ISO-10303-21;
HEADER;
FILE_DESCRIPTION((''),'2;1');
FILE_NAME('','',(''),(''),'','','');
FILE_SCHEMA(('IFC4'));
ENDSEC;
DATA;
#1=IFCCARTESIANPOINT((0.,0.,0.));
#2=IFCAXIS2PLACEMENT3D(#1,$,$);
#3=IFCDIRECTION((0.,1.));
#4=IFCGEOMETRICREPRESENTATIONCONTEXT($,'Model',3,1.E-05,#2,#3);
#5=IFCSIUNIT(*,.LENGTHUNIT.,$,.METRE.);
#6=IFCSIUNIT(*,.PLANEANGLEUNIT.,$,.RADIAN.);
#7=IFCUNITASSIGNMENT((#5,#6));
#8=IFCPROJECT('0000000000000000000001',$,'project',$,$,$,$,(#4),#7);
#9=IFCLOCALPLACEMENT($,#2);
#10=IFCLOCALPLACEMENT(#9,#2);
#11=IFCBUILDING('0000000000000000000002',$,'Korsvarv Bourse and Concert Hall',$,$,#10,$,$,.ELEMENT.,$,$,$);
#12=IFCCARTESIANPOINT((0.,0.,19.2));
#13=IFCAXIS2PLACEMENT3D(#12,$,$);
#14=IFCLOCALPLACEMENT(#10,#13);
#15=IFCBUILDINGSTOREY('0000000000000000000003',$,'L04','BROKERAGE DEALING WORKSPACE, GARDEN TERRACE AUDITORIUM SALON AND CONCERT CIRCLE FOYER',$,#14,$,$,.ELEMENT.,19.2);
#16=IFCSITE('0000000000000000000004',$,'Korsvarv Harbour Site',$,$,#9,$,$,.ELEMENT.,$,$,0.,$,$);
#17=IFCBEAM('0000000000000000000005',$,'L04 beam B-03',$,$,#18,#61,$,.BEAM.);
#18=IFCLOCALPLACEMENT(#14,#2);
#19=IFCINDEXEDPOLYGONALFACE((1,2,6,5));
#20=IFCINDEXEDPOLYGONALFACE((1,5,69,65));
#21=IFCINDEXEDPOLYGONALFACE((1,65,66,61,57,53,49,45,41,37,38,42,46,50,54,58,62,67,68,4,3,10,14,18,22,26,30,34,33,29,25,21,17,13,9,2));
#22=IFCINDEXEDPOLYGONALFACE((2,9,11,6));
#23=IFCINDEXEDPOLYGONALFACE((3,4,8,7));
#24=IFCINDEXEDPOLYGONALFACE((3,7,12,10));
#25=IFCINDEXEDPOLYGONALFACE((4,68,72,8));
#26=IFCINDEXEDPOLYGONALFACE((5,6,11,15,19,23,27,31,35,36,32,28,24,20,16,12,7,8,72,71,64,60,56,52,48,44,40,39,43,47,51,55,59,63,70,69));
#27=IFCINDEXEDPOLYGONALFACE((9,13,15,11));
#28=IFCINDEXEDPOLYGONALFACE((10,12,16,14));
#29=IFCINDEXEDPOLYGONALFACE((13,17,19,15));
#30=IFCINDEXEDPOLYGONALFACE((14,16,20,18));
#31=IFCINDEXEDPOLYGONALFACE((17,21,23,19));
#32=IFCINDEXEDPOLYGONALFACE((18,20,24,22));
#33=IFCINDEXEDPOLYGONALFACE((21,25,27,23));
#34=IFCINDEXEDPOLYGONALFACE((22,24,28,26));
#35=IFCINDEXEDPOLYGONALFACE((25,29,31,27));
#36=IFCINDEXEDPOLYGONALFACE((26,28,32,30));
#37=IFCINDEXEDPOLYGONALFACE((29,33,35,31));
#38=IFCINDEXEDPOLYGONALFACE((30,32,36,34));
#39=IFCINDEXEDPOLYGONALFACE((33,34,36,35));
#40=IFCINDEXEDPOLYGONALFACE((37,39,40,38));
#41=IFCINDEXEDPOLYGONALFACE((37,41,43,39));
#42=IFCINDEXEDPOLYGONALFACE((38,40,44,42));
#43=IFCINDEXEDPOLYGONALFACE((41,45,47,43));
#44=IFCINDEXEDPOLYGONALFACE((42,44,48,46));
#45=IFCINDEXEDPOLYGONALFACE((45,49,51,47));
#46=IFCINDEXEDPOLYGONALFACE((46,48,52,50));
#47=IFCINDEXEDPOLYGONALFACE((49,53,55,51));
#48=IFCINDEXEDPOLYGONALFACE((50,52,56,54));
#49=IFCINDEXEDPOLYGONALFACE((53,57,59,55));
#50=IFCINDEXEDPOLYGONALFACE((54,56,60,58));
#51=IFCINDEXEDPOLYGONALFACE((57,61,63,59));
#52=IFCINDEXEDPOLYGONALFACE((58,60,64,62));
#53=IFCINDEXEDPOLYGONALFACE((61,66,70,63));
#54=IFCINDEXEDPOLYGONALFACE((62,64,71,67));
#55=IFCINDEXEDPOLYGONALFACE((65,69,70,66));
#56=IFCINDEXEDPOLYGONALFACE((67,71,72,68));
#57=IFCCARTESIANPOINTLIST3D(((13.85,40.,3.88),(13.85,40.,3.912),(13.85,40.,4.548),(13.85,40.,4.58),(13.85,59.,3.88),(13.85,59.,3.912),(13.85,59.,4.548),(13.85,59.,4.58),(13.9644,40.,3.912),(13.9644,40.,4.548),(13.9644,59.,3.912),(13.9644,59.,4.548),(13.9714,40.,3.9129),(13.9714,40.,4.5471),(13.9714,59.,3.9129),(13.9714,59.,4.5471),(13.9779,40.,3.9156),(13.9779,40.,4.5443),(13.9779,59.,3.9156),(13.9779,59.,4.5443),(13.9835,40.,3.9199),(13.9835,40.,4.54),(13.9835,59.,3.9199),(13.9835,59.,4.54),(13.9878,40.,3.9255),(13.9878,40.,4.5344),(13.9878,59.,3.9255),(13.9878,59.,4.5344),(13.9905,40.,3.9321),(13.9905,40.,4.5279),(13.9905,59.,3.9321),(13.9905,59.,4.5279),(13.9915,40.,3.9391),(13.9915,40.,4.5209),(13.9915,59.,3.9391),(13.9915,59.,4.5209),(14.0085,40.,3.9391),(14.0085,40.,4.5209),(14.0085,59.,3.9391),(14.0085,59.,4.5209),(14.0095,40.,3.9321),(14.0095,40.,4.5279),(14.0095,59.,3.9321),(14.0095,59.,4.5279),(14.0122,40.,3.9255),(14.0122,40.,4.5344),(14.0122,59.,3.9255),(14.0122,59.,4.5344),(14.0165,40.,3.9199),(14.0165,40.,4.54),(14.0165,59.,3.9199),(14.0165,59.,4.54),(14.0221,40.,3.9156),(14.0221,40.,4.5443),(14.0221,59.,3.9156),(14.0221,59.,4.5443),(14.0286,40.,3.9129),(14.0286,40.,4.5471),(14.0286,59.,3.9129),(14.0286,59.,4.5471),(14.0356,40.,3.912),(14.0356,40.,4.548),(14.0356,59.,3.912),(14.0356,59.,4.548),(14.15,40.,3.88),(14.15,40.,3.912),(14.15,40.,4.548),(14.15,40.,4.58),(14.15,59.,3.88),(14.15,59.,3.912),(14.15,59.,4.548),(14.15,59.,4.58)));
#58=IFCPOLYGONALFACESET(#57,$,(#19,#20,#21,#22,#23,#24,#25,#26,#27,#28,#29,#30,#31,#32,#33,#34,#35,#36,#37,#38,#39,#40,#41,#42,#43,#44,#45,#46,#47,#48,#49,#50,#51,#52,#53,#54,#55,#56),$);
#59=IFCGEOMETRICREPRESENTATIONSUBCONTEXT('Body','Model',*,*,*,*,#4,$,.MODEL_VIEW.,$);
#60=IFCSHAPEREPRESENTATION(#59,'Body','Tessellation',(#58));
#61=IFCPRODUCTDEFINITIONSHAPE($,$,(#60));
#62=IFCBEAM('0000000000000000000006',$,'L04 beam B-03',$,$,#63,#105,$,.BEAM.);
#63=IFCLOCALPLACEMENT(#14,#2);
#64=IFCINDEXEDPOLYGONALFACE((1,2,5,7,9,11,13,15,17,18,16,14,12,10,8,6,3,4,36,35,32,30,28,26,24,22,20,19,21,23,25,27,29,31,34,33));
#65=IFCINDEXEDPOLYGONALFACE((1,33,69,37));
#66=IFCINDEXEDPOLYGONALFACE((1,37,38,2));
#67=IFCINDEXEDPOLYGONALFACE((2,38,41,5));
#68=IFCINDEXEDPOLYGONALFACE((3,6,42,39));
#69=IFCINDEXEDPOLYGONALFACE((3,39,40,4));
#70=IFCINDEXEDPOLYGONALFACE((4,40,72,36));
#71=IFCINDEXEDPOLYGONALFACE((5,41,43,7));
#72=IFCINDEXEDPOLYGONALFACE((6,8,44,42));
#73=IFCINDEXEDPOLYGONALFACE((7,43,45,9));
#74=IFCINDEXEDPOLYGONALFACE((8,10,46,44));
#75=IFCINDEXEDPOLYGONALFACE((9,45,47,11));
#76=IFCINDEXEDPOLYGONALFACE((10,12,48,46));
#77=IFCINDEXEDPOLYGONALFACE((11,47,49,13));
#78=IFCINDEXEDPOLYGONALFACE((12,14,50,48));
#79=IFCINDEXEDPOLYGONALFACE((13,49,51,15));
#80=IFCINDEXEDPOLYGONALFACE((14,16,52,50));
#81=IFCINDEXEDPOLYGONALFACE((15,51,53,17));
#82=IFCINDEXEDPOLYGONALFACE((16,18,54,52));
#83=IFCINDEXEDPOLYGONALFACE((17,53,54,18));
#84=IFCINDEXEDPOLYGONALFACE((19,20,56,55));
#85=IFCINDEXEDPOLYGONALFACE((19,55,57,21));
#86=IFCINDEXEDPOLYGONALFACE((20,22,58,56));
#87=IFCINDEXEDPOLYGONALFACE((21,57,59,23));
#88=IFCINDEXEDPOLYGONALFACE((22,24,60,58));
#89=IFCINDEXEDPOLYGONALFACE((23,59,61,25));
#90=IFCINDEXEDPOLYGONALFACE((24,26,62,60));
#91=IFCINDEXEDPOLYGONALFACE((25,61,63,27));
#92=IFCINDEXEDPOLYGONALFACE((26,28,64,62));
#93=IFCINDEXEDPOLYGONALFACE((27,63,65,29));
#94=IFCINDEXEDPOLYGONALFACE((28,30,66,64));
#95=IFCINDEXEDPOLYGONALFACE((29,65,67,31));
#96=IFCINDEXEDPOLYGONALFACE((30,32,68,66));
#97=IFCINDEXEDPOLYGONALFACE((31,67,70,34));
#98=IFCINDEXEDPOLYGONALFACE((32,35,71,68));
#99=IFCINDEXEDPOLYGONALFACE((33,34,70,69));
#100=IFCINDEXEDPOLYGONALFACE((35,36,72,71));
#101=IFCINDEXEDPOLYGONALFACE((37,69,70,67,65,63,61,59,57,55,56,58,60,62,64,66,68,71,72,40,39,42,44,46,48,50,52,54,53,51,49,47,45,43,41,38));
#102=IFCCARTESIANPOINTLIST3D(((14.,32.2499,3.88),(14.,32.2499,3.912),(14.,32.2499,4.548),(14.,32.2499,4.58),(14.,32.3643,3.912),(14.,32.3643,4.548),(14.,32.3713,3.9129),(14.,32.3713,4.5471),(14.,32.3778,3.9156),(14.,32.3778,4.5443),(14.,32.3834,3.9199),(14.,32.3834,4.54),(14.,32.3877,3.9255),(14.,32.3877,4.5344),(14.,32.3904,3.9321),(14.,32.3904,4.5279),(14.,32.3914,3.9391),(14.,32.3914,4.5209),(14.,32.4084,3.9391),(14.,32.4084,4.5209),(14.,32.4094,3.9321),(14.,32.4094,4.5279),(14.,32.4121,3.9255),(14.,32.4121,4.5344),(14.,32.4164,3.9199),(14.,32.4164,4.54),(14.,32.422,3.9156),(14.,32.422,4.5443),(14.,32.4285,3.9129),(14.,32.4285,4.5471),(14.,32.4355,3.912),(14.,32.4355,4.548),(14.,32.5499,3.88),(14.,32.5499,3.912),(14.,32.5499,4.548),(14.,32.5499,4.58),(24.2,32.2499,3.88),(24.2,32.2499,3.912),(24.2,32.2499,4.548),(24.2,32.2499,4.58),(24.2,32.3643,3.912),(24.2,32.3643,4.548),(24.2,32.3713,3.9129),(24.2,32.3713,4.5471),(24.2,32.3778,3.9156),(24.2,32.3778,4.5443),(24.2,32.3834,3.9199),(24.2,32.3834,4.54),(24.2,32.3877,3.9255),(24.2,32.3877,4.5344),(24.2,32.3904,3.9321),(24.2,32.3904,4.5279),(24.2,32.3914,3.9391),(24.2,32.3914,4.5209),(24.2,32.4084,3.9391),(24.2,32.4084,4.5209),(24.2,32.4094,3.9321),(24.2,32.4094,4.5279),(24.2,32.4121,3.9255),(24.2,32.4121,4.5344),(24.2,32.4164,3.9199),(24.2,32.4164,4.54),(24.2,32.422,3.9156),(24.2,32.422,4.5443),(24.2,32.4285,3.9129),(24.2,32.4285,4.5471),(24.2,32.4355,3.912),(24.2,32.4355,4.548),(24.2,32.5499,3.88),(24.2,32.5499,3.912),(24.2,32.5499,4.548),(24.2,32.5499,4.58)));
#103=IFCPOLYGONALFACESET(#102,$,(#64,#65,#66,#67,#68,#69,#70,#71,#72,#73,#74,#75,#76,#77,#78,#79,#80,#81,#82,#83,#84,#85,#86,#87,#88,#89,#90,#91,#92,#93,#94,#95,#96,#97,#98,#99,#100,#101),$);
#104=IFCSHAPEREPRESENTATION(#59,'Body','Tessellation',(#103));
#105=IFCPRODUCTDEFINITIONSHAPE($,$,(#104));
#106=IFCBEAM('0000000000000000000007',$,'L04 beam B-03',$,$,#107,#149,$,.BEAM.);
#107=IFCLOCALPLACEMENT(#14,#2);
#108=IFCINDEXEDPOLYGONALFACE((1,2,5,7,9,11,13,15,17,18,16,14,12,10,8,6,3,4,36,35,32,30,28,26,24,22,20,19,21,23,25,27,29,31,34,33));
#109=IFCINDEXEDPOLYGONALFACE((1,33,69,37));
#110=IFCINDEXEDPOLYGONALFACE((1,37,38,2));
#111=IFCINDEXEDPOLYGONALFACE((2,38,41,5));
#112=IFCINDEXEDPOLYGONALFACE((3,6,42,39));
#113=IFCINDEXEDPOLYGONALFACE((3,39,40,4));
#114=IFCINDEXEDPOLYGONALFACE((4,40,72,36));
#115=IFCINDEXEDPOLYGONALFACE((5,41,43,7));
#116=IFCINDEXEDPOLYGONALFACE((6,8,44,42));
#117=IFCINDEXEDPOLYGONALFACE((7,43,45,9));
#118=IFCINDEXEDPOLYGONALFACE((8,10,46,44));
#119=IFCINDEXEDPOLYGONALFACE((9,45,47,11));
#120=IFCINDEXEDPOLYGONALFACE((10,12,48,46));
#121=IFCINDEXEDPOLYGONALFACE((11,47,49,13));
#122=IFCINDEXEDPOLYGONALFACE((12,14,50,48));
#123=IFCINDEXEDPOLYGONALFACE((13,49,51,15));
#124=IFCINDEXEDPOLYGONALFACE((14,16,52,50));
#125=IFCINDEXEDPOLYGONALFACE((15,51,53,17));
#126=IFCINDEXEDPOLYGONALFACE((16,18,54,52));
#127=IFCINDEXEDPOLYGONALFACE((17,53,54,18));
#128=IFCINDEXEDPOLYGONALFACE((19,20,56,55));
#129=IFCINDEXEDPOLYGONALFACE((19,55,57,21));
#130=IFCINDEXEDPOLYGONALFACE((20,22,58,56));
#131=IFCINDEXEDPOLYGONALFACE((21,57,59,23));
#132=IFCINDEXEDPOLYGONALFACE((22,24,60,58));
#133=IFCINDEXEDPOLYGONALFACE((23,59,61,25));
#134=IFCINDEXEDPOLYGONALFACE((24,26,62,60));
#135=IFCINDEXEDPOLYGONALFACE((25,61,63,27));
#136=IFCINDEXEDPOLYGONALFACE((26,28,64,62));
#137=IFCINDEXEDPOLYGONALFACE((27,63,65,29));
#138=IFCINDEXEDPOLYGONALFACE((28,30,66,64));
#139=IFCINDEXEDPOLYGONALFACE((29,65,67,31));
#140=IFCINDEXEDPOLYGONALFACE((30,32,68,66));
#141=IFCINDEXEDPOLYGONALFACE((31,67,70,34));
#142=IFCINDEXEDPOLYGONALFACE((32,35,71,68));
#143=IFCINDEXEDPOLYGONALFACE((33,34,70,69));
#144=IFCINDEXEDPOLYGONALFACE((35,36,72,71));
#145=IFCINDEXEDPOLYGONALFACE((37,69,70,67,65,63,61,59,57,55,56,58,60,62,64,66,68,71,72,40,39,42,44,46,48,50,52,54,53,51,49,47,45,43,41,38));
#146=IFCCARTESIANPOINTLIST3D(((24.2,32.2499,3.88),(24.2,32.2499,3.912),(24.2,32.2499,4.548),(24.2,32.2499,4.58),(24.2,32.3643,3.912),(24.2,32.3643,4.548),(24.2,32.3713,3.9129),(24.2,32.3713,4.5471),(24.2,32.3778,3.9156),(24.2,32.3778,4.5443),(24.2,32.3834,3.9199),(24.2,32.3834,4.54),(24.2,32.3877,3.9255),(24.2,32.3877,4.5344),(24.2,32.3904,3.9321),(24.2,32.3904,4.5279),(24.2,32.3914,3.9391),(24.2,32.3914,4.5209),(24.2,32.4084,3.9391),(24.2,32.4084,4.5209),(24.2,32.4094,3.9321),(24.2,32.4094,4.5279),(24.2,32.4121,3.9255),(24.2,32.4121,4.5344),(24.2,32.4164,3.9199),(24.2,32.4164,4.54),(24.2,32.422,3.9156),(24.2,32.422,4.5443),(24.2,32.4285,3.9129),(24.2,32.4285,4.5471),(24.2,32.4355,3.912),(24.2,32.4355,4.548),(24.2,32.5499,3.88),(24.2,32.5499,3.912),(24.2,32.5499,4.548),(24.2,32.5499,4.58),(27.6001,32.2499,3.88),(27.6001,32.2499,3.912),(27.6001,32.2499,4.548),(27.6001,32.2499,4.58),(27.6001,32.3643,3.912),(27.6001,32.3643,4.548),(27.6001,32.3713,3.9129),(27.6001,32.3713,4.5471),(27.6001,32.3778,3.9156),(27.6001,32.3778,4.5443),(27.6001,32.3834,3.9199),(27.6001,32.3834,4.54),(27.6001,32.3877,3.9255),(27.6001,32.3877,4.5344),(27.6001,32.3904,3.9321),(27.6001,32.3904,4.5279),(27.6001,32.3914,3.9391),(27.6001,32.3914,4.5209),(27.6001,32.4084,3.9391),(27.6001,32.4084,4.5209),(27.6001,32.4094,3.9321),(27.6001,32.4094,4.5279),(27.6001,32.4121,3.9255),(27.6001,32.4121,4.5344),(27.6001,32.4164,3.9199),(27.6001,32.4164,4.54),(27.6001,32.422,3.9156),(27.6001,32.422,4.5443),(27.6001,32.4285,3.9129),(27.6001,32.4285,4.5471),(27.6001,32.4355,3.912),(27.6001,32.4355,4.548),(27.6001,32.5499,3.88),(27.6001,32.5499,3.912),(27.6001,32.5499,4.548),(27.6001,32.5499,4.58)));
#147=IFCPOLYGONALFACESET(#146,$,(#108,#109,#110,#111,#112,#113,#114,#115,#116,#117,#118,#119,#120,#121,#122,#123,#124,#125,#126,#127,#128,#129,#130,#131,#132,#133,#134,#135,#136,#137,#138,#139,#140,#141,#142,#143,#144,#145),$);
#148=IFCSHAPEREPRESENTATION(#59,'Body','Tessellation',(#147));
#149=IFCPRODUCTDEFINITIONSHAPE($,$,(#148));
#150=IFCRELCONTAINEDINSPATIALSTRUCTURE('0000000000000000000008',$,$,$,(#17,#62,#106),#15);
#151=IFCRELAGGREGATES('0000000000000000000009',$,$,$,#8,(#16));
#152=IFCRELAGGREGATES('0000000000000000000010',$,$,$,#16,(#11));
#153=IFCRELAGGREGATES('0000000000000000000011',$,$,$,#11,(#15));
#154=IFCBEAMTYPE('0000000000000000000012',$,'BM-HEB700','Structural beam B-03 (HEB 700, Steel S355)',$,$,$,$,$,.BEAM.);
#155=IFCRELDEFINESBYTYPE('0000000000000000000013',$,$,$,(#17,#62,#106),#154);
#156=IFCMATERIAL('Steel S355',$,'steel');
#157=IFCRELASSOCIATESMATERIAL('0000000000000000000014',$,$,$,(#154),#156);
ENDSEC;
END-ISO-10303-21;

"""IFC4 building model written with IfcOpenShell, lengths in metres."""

from ifc_helpers import new_model, si_unit, direction, frame, origin, origin_2d, place, context, subcontext, project, spatial, i_section, extrude, source, transform, mapped, material, material_profile, profile_set, type_object, element, save


model = new_model("IFC4")

# Units and contexts
model_context = context("Model", 3, precision=1e-05, world=origin(), true_north=direction((0.0, 1.0)))
body_context = subcontext(model_context, "Body", "Model", "MODEL_VIEW")
ifc_project = project(units=[si_unit("LENGTHUNIT", "METRE"), si_unit("PLANEANGLEUNIT", "RADIAN")], contexts=[model_context])

# Site, building, storey
site_placement = place(None, origin())
site = spatial("IfcSite", under=ifc_project, at=site_placement, Name="Korsvarv Harbour Site", CompositionType="ELEMENT", RefElevation=0.0)
building_placement = place(site_placement, origin())
building = spatial("IfcBuilding", under=site, at=building_placement, Name="Korsvarv Bourse and Concert Hall", CompositionType="ELEMENT")
storey_placement = place(building_placement, frame((0.0, 0.0, 19.2)))
storey = spatial("IfcBuildingStorey", under=building, at=storey_placement, Name="L04", Description="BROKERAGE DEALING WORKSPACE, GARDEN TERRACE AUDITORIUM SALON AND CONCERT CIRCLE FOYER", CompositionType="ELEMENT", Elevation=19.2)

# Beams
ifc_material_1 = material(Name="Steel S355", Category="steel")
ifc_material_profile_1 = material_profile(ifc_material_1, i_section(OverallWidth=0.3, OverallDepth=0.7, WebThickness=0.0171, FlangeThickness=0.032, FilletRadius=0.0271, at=origin_2d()), Name="HEB 700")
ifc_profile_set_1 = profile_set([ifc_material_profile_1], Name="Steel S355")
beam_type = type_object("IfcBeamType", Name="BM-HEB700", Description="Structural beam B-03 (HEB 700, Steel S355)", PredefinedType="BEAM", material=ifc_profile_set_1)
shared_shape_1 = source(origin(), body_context, "Body", "SweptSolid", [
    extrude(i_section(OverallWidth=0.3, OverallDepth=0.7, WebThickness=0.0171, FlangeThickness=0.032, FilletRadius=0.0271, at=origin_2d()), origin(), (0.0, 0.0, 1.0), 19.0),
])
beam_1_placement = place(storey_placement, frame((14.0, 40.0, 4.23), z_axis=(0.0, 1.0, 0.0), x_axis=(-1.0, 0.0, 0.0)))
element("IfcBeam", 1, at=beam_1_placement, inside=storey, type_object=beam_type, Name="L04 beam B-03", PredefinedType="BEAM", context=body_context, shape_type="MappedRepresentation", body=[
    mapped(shared_shape_1, transform((0.0, 0.0, 0.0), scale=1.0)),
])
shared_shape_2 = source(origin(), body_context, "Body", "SweptSolid", [
    extrude(i_section(OverallWidth=0.3, OverallDepth=0.7, WebThickness=0.0171, FlangeThickness=0.032, FilletRadius=0.0271, at=origin_2d()), origin(), (0.0, 0.0, 1.0), 10.2),
])
beam_2_placement = place(storey_placement, frame((14.0, 32.3999, 4.23), z_axis=(1.0, 0.0, 0.0), x_axis=(0.0, 1.0, 0.0)))
element("IfcBeam", 2, at=beam_2_placement, inside=storey, type_object=beam_type, Name="L04 beam B-03", PredefinedType="BEAM", context=body_context, shape_type="MappedRepresentation", body=[
    mapped(shared_shape_2, transform((0.0, 0.0, 0.0), scale=1.0)),
])
shared_shape_3 = source(origin(), body_context, "Body", "SweptSolid", [
    extrude(i_section(OverallWidth=0.3, OverallDepth=0.7, WebThickness=0.0171, FlangeThickness=0.032, FilletRadius=0.0271, at=origin_2d()), origin(), (0.0, 0.0, 1.0), 3.4001),
])
beam_3_placement = place(storey_placement, frame((24.2, 32.3999, 4.23), z_axis=(1.0, 0.0, 0.0), x_axis=(0.0, 1.0, 0.0)))
element("IfcBeam", 3, at=beam_3_placement, inside=storey, type_object=beam_type, Name="L04 beam B-03", PredefinedType="BEAM", context=body_context, shape_type="MappedRepresentation", body=[
    mapped(shared_shape_3, transform((0.0, 0.0, 0.0), scale=1.0)),
])

save(model, "model.ifc")
